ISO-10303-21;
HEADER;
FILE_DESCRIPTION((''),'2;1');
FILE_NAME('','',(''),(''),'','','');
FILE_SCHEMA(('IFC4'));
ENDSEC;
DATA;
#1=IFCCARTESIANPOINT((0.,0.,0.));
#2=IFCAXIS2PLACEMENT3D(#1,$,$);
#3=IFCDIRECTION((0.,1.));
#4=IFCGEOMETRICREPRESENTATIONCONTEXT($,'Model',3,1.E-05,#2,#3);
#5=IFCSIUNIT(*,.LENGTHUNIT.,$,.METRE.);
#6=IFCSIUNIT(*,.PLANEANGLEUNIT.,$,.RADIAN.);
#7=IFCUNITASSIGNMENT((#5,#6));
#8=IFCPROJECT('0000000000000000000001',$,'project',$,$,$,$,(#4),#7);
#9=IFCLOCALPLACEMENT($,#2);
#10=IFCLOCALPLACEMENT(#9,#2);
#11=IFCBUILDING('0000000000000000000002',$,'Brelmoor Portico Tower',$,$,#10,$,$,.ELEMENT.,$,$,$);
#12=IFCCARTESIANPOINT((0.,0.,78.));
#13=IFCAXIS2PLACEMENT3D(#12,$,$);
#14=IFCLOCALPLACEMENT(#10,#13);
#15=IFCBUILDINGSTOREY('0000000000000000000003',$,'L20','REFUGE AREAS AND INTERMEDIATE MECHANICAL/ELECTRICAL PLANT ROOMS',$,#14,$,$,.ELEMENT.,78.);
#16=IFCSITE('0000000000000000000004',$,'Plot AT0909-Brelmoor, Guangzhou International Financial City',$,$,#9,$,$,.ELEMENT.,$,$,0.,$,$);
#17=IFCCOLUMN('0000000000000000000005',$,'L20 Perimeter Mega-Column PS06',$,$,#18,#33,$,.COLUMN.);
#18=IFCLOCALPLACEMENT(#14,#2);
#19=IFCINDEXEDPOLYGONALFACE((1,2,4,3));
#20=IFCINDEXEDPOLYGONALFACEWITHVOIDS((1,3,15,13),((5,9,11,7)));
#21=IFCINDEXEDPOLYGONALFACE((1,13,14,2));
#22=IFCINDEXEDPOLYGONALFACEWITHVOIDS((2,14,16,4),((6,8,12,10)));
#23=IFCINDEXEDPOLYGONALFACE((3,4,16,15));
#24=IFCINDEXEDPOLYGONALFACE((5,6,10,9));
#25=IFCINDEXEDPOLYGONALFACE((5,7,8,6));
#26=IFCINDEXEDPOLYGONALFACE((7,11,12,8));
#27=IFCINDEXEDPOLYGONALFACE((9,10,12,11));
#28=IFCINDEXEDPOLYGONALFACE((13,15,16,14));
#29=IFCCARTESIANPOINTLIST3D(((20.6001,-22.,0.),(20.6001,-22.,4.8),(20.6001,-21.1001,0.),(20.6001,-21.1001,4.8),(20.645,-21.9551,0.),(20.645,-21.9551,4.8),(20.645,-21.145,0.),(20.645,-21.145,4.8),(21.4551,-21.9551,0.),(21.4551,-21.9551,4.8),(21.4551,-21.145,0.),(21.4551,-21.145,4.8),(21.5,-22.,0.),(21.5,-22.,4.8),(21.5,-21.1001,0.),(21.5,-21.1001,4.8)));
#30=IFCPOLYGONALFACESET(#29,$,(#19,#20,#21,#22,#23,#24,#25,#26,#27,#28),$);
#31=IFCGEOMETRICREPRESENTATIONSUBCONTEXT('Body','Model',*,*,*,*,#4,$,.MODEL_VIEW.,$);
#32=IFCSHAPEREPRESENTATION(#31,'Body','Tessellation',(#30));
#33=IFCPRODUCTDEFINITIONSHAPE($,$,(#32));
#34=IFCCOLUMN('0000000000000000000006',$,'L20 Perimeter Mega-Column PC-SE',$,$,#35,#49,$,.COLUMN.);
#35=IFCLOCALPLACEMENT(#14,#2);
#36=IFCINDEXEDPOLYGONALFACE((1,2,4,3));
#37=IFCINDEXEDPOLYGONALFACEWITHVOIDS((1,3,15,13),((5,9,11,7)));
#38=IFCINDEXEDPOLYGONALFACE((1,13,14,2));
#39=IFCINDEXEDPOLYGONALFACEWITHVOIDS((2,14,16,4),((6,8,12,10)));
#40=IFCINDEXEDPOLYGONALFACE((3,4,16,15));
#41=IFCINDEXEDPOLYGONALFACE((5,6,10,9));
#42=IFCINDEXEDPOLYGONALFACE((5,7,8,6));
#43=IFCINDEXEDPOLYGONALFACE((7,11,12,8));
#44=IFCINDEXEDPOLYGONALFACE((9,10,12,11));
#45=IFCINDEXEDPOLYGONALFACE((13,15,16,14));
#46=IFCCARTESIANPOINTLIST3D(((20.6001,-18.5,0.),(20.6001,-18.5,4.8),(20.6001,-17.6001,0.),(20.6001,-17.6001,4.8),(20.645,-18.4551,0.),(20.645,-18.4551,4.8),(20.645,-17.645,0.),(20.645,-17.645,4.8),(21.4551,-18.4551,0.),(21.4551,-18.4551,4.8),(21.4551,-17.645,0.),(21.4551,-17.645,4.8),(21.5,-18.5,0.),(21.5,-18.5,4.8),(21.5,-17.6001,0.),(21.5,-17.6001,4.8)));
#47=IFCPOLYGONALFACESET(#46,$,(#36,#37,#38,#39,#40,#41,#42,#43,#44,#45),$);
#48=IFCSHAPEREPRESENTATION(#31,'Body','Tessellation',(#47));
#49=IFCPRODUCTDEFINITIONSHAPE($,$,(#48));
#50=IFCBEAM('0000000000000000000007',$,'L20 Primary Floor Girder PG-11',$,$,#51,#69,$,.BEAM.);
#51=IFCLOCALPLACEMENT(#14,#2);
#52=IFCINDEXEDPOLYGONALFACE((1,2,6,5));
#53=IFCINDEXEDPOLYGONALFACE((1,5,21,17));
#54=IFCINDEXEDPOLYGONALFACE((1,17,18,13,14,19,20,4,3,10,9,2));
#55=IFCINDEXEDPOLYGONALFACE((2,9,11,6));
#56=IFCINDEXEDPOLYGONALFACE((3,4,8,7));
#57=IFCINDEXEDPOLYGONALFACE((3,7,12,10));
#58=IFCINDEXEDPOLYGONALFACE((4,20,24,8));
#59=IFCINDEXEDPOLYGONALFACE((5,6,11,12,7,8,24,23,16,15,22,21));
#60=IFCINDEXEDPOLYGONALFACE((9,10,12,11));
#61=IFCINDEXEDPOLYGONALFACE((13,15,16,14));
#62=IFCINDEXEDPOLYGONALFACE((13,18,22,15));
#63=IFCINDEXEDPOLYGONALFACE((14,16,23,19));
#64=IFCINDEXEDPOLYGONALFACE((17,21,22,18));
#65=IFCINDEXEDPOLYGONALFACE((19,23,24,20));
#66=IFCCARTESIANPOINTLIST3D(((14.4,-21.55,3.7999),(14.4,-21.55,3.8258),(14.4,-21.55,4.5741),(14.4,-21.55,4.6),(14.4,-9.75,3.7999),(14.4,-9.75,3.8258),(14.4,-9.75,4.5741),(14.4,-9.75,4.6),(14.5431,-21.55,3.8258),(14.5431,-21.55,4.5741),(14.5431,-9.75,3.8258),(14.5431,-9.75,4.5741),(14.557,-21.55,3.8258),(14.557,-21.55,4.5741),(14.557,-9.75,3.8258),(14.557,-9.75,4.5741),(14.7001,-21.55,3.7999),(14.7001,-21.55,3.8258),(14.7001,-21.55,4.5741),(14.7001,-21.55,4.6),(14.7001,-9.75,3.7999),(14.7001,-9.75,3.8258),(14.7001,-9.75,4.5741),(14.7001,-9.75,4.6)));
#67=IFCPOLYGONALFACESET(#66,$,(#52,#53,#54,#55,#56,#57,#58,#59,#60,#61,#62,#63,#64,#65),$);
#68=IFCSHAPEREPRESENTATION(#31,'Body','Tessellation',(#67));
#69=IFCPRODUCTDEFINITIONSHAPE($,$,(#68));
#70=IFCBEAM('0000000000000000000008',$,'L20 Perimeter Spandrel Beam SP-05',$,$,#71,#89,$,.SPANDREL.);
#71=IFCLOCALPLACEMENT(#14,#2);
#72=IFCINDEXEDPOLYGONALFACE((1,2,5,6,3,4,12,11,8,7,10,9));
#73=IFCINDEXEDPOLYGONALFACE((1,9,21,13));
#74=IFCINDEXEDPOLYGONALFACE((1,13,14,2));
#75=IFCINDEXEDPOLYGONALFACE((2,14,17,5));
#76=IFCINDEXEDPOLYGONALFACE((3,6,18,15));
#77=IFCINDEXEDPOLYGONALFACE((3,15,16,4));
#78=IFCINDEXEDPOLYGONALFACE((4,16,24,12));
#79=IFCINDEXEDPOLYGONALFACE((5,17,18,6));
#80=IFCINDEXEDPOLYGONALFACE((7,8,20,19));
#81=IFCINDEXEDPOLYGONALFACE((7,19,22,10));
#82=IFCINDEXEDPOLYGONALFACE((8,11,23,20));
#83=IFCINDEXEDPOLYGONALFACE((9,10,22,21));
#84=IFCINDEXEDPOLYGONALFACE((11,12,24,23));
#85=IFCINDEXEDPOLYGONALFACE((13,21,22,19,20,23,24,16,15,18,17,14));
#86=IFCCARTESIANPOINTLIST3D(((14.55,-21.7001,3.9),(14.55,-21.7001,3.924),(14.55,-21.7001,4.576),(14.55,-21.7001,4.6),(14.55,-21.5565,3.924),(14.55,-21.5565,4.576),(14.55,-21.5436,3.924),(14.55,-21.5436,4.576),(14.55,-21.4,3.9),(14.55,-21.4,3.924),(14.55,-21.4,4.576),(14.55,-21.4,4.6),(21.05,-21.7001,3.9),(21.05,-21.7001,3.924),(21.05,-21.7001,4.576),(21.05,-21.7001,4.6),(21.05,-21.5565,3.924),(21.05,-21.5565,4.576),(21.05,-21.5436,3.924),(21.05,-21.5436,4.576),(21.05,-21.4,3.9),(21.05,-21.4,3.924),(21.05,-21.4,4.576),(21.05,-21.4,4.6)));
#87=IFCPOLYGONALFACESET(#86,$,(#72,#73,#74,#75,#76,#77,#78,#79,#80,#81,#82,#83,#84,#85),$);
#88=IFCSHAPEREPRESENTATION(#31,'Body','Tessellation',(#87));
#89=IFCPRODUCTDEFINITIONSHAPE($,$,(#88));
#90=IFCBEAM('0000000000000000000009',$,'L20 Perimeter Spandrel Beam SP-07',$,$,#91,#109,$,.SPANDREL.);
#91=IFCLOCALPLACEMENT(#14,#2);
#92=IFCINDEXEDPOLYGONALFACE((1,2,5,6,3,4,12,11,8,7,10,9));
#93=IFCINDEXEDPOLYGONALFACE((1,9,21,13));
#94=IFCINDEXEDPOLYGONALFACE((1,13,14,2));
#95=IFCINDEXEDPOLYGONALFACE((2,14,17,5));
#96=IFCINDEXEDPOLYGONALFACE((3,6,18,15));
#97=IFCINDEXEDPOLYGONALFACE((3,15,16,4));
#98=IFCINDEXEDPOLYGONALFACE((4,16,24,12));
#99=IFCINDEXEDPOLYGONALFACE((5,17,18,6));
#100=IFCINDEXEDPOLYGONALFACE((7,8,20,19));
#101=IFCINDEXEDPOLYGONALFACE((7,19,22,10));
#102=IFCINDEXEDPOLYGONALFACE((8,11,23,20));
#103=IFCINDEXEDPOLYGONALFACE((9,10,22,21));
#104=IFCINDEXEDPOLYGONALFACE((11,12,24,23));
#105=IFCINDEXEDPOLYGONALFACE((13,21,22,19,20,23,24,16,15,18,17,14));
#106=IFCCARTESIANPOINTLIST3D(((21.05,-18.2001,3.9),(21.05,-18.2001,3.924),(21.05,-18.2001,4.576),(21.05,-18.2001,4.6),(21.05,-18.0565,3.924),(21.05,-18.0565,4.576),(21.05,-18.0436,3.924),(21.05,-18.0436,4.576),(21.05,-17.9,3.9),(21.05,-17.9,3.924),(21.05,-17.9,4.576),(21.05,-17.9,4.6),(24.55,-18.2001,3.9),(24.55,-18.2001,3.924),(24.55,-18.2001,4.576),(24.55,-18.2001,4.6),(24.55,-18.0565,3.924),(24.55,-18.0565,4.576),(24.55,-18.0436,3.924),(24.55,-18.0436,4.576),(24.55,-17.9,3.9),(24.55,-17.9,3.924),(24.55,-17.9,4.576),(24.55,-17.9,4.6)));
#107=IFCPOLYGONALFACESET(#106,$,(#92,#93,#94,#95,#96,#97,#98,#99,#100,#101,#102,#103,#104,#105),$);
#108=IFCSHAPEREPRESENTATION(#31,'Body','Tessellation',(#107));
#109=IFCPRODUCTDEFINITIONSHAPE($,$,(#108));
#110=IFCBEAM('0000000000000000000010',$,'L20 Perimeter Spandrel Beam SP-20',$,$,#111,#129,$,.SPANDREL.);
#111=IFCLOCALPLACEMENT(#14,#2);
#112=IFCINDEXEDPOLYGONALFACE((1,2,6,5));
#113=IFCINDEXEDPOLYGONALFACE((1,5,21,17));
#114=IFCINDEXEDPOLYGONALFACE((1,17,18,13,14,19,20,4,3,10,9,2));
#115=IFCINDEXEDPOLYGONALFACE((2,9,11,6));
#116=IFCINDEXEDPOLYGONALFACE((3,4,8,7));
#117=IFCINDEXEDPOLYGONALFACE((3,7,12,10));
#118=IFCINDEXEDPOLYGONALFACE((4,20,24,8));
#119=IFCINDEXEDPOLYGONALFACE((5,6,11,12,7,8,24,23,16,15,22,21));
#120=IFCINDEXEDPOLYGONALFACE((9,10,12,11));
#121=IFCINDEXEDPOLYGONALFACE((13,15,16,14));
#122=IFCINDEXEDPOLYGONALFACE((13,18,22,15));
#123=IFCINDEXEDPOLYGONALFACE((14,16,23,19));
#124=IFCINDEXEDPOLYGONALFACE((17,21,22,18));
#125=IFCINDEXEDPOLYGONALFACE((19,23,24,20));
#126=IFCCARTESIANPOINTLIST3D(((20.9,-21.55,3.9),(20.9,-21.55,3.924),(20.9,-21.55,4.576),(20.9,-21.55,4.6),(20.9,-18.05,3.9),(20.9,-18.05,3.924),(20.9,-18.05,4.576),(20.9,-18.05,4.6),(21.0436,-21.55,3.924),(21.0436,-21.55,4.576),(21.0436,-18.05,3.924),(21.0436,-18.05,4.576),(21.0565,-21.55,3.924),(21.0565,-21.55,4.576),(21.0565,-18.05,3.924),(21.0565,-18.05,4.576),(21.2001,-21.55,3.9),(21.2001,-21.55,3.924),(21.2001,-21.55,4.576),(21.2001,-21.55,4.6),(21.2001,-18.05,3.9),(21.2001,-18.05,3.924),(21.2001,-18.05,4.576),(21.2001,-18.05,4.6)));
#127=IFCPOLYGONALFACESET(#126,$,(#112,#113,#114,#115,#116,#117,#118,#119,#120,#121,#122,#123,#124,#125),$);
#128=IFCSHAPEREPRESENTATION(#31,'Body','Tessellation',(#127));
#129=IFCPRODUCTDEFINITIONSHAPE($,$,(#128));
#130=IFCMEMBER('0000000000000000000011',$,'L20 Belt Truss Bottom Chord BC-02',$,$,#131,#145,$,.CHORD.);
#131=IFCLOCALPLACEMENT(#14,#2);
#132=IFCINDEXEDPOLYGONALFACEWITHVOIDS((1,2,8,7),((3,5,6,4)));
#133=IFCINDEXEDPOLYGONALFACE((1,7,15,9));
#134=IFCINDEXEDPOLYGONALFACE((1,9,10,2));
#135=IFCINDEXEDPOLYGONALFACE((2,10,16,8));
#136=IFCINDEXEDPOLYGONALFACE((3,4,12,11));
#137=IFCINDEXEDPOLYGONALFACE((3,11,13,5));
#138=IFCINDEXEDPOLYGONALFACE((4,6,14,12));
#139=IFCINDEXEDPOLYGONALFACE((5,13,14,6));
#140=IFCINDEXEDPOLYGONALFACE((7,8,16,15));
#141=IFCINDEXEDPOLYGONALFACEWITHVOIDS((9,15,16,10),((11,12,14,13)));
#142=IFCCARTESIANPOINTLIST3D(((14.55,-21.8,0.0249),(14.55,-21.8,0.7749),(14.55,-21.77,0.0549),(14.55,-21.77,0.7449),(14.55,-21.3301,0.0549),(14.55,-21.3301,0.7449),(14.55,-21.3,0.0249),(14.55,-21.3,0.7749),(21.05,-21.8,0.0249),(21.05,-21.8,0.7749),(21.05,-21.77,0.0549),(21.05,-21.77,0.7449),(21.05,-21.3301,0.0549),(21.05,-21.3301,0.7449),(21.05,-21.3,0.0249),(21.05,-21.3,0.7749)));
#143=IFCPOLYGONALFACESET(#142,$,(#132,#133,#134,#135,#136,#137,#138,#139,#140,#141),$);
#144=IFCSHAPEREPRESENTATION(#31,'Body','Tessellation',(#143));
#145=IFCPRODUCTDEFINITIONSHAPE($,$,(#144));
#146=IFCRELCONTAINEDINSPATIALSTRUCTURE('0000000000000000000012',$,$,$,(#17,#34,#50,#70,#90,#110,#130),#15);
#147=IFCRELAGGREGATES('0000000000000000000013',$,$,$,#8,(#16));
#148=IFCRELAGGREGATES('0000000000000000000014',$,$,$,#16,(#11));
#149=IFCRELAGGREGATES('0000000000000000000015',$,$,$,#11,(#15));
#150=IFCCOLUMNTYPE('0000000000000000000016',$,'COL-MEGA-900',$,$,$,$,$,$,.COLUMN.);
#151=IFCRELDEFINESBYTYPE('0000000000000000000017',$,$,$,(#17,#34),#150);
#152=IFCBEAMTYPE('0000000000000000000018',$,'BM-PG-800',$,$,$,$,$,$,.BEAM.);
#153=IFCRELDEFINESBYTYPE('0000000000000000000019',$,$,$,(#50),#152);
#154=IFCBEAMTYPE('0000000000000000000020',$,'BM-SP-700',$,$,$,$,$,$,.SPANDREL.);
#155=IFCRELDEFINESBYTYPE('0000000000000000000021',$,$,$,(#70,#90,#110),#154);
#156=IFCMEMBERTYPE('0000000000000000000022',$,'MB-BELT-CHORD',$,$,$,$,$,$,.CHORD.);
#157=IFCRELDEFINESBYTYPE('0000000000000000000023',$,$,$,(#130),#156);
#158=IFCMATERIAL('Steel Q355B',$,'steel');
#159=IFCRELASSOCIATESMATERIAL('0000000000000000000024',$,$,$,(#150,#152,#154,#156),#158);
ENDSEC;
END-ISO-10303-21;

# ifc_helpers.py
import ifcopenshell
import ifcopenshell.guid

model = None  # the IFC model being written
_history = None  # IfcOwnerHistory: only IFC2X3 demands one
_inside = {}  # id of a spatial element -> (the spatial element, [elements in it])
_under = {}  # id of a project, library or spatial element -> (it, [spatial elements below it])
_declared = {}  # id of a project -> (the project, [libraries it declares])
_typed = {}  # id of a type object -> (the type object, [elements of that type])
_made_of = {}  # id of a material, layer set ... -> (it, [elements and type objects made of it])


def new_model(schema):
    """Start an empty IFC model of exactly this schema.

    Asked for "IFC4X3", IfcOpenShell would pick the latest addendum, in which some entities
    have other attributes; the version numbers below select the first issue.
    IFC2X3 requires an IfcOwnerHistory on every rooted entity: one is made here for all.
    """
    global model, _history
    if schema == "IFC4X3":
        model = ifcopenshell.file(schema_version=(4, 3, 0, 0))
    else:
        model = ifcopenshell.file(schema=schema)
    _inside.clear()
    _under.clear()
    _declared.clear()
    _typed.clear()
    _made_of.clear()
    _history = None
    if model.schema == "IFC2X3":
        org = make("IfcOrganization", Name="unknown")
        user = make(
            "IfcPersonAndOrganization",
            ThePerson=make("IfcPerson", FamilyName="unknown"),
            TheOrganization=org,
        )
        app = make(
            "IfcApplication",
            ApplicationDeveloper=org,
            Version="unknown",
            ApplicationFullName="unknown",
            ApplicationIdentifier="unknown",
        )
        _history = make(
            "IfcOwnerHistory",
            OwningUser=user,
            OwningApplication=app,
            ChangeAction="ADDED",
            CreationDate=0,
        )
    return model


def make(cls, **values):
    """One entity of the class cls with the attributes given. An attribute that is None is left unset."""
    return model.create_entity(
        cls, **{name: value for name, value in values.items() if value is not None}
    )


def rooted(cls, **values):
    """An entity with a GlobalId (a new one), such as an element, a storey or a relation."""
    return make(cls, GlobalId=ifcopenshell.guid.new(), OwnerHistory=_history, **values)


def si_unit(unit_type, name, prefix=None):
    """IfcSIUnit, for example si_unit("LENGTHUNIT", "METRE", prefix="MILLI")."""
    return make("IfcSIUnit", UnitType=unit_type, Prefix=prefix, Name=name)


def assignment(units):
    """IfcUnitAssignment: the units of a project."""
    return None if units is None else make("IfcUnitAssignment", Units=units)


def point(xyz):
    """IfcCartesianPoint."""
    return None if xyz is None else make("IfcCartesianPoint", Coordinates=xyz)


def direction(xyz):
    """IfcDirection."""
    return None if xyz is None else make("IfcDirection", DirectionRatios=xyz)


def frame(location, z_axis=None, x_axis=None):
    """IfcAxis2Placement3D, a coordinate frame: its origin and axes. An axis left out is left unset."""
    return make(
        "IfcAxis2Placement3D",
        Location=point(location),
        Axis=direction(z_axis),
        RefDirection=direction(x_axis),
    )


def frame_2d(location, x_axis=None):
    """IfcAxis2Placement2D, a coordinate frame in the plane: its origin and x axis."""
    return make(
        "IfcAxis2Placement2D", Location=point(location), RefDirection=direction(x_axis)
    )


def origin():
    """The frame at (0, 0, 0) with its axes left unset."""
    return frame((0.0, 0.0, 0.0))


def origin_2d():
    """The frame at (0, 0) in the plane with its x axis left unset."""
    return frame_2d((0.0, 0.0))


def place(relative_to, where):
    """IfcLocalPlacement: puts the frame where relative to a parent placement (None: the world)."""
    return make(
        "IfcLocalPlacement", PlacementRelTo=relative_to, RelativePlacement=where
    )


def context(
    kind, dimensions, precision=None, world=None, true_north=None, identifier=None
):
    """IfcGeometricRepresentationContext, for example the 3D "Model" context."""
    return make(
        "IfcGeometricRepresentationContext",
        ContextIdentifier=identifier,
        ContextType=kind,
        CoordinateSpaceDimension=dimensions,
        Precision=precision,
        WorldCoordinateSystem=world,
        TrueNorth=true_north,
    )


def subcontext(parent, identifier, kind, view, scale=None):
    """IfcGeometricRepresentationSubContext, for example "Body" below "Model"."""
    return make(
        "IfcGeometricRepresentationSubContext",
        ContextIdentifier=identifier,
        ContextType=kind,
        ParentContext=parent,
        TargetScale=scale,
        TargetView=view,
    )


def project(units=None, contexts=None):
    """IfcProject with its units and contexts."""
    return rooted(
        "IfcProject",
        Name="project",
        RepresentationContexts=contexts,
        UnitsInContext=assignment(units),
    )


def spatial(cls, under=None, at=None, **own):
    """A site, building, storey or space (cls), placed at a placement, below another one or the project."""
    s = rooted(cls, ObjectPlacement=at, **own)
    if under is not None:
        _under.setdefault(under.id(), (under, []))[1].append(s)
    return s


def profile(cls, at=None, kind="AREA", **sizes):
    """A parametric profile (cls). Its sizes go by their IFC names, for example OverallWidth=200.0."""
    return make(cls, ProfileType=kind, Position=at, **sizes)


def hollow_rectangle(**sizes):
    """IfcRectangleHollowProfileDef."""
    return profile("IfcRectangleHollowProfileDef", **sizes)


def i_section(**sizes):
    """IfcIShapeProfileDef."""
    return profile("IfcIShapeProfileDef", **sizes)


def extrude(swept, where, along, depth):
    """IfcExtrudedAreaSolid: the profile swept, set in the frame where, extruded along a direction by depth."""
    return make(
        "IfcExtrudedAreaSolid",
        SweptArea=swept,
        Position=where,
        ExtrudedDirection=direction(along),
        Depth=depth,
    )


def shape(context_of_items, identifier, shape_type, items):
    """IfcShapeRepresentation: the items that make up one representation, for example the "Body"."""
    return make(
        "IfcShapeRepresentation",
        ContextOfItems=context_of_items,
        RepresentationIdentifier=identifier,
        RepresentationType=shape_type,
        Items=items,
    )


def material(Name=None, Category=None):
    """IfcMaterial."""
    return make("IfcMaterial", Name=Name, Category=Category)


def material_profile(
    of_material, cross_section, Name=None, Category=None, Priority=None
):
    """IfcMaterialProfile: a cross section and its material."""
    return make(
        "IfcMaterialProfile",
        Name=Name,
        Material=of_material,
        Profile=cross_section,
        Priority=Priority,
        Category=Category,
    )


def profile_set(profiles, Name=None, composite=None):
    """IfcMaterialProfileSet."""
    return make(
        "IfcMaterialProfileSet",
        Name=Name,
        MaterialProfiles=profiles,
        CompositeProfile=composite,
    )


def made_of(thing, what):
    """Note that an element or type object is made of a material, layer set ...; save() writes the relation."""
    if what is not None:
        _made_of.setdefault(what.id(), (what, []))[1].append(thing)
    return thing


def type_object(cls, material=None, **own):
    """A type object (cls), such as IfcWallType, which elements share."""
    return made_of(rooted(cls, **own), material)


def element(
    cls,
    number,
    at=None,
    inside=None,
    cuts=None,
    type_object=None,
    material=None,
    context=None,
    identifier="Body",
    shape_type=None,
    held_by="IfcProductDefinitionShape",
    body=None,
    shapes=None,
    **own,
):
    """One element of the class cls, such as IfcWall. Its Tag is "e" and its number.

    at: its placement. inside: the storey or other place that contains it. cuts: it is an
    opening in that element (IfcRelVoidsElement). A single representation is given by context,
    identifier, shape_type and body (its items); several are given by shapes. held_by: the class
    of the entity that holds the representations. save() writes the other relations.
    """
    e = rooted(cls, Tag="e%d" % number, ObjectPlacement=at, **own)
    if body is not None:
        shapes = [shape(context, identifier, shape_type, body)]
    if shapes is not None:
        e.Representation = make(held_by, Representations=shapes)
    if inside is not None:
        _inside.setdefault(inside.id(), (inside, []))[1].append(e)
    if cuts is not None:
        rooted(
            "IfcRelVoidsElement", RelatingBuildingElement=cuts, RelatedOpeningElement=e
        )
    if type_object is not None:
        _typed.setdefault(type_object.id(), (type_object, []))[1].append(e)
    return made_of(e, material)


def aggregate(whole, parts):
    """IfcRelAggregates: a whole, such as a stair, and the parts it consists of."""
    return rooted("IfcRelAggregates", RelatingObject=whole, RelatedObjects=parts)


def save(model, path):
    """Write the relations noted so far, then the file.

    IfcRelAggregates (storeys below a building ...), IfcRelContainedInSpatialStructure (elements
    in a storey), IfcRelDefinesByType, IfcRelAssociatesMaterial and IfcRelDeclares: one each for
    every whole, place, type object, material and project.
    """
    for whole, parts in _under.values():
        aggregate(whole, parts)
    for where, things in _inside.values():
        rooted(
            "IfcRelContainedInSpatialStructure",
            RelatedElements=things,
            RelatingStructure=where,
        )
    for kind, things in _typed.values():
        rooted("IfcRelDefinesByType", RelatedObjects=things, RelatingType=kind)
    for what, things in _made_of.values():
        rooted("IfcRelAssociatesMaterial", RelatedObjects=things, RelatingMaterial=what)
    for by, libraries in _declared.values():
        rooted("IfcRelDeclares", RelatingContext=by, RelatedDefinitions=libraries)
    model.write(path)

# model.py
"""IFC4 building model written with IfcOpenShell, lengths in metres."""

from ifc_helpers import new_model, si_unit, direction, frame, origin, origin_2d, place, context, subcontext, project, spatial, hollow_rectangle, i_section, extrude, material, material_profile, profile_set, type_object, element, save


model = new_model("IFC4")

# Units and contexts
model_context = context("Model", 3, precision=1e-05, world=origin(), true_north=direction((0.0, 1.0)))
body_context = subcontext(model_context, "Body", "Model", "MODEL_VIEW")
ifc_project = project(units=[si_unit("LENGTHUNIT", "METRE"), si_unit("PLANEANGLEUNIT", "RADIAN")], contexts=[model_context])

# Site, building, storey
site_placement = place(None, origin())
site = spatial("IfcSite", under=ifc_project, at=site_placement, Name="Plot AT0909-Brelmoor, Guangzhou International Financial City", CompositionType="ELEMENT", RefElevation=0.0)
building_placement = place(site_placement, origin())
building = spatial("IfcBuilding", under=site, at=building_placement, Name="Brelmoor Portico Tower", CompositionType="ELEMENT")
storey_placement = place(building_placement, frame((0.0, 0.0, 78.0)))
storey = spatial("IfcBuildingStorey", under=building, at=storey_placement, Name="L20", Description="REFUGE AREAS AND INTERMEDIATE MECHANICAL/ELECTRICAL PLANT ROOMS", CompositionType="ELEMENT", Elevation=78.0)

# Columns
ifc_material_1 = material(Name="Steel Q355B", Category="steel")
ifc_material_profile_1 = material_profile(ifc_material_1, hollow_rectangle(XDim=0.8999, YDim=0.8999, WallThickness=0.0449, at=origin_2d()), Name="BOX 900x900x45")
ifc_profile_set_1 = profile_set([ifc_material_profile_1], Name="Steel Q355B")
column_type = type_object("IfcColumnType", Name="COL-MEGA-900", PredefinedType="COLUMN", material=ifc_profile_set_1)
for number, where, z_axis, x_axis, name in (
    (1, (21.05, -21.55, 0.0), (0.0, 0.0, 1.0), (1.0, 0.0, 0.0), "L20 Perimeter Mega-Column PS06"),
    (2, (21.05, -18.05, 0.0), (0.0, 0.0, 1.0), (1.0, 0.0, 0.0), "L20 Perimeter Mega-Column PC-SE"),
):
    element("IfcColumn", number, at=place(storey_placement, frame(where, z_axis=z_axis, x_axis=x_axis)), inside=storey, type_object=column_type, Name=name, PredefinedType="COLUMN", context=body_context, shape_type="SweptSolid", body=[
        extrude(hollow_rectangle(XDim=0.8999, YDim=0.8999, WallThickness=0.0449, at=origin_2d()), origin(), (0.0, 0.0, 1.0), 4.8),
    ])

# Beams
ifc_material_profile_2 = material_profile(ifc_material_1, i_section(OverallWidth=0.3, OverallDepth=0.8, WebThickness=0.0139, FlangeThickness=0.0259, at=origin_2d()), Name="HN 800x300x14x26")
ifc_profile_set_2 = profile_set([ifc_material_profile_2], Name="Steel Q355B")
beam_type_1 = type_object("IfcBeamType", Name="BM-PG-800", PredefinedType="BEAM", material=ifc_profile_set_2)
beam_1_placement = place(storey_placement, frame((14.55, -21.55, 4.2), z_axis=(0.0, 1.0, 0.0), x_axis=(-1.0, 0.0, 0.0)))
element("IfcBeam", 3, at=beam_1_placement, inside=storey, type_object=beam_type_1, Name="L20 Primary Floor Girder PG-11", PredefinedType="BEAM", context=body_context, shape_type="SweptSolid", body=[
    extrude(i_section(OverallWidth=0.3, OverallDepth=0.8, WebThickness=0.0139, FlangeThickness=0.0259, at=origin_2d()), origin(), (0.0, 0.0, 1.0), 11.8),
])
ifc_material_profile_3 = material_profile(ifc_material_1, i_section(OverallWidth=0.3, OverallDepth=0.7, WebThickness=0.0129, FlangeThickness=0.0239, at=origin_2d()), Name="HN 700x300x13x24")
ifc_profile_set_3 = profile_set([ifc_material_profile_3], Name="Steel Q355B")
beam_type_2 = type_object("IfcBeamType", Name="BM-SP-700", PredefinedType="SPANDREL", material=ifc_profile_set_3)
beam_2_placement = place(storey_placement, frame((14.55, -21.55, 4.25), z_axis=(1.0, 0.0, 0.0), x_axis=(0.0, 1.0, 0.0)))
element("IfcBeam", 4, at=beam_2_placement, inside=storey, type_object=beam_type_2, Name="L20 Perimeter Spandrel Beam SP-05", PredefinedType="SPANDREL", context=body_context, shape_type="SweptSolid", body=[
    extrude(i_section(OverallWidth=0.3, OverallDepth=0.7, WebThickness=0.0129, FlangeThickness=0.0239, at=origin_2d()), origin(), (0.0, 0.0, 1.0), 6.5),
])
for number, where, z_axis, x_axis, name in (
    (5, (21.05, -18.05, 4.25), (1.0, 0.0, 0.0), (0.0, 1.0, 0.0), "L20 Perimeter Spandrel Beam SP-07"),
    (6, (21.05, -21.55, 4.25), (0.0, 1.0, 0.0), (-1.0, 0.0, 0.0), "L20 Perimeter Spandrel Beam SP-20"),
):
    element("IfcBeam", number, at=place(storey_placement, frame(where, z_axis=z_axis, x_axis=x_axis)), inside=storey, type_object=beam_type_2, Name=name, PredefinedType="SPANDREL", context=body_context, shape_type="SweptSolid", body=[
        extrude(i_section(OverallWidth=0.3, OverallDepth=0.7, WebThickness=0.0129, FlangeThickness=0.0239, at=origin_2d()), origin(), (0.0, 0.0, 1.0), 3.5),
    ])

# Member
ifc_material_profile_4 = material_profile(ifc_material_1, hollow_rectangle(XDim=0.5, YDim=0.75, WallThickness=0.03, at=origin_2d()), Name="RHS 500x750x30")
ifc_profile_set_4 = profile_set([ifc_material_profile_4], Name="Steel Q355B")
member_type_1 = type_object("IfcMemberType", Name="MB-BELT-CHORD", PredefinedType="CHORD", material=ifc_profile_set_4)
member_1_placement = place(storey_placement, frame((14.55, -21.55, 0.3999), z_axis=(1.0, 0.0, 0.0), x_axis=(0.0, 1.0, 0.0)))
element("IfcMember", 7, at=member_1_placement, inside=storey, type_object=member_type_1, Name="L20 Belt Truss Bottom Chord BC-02", PredefinedType="CHORD", context=body_context, shape_type="SweptSolid", body=[
    extrude(hollow_rectangle(XDim=0.5, YDim=0.75, WallThickness=0.03, at=origin_2d()), origin(), (0.0, 0.0, 1.0), 6.5),
])

save(model, "model.ifc")
